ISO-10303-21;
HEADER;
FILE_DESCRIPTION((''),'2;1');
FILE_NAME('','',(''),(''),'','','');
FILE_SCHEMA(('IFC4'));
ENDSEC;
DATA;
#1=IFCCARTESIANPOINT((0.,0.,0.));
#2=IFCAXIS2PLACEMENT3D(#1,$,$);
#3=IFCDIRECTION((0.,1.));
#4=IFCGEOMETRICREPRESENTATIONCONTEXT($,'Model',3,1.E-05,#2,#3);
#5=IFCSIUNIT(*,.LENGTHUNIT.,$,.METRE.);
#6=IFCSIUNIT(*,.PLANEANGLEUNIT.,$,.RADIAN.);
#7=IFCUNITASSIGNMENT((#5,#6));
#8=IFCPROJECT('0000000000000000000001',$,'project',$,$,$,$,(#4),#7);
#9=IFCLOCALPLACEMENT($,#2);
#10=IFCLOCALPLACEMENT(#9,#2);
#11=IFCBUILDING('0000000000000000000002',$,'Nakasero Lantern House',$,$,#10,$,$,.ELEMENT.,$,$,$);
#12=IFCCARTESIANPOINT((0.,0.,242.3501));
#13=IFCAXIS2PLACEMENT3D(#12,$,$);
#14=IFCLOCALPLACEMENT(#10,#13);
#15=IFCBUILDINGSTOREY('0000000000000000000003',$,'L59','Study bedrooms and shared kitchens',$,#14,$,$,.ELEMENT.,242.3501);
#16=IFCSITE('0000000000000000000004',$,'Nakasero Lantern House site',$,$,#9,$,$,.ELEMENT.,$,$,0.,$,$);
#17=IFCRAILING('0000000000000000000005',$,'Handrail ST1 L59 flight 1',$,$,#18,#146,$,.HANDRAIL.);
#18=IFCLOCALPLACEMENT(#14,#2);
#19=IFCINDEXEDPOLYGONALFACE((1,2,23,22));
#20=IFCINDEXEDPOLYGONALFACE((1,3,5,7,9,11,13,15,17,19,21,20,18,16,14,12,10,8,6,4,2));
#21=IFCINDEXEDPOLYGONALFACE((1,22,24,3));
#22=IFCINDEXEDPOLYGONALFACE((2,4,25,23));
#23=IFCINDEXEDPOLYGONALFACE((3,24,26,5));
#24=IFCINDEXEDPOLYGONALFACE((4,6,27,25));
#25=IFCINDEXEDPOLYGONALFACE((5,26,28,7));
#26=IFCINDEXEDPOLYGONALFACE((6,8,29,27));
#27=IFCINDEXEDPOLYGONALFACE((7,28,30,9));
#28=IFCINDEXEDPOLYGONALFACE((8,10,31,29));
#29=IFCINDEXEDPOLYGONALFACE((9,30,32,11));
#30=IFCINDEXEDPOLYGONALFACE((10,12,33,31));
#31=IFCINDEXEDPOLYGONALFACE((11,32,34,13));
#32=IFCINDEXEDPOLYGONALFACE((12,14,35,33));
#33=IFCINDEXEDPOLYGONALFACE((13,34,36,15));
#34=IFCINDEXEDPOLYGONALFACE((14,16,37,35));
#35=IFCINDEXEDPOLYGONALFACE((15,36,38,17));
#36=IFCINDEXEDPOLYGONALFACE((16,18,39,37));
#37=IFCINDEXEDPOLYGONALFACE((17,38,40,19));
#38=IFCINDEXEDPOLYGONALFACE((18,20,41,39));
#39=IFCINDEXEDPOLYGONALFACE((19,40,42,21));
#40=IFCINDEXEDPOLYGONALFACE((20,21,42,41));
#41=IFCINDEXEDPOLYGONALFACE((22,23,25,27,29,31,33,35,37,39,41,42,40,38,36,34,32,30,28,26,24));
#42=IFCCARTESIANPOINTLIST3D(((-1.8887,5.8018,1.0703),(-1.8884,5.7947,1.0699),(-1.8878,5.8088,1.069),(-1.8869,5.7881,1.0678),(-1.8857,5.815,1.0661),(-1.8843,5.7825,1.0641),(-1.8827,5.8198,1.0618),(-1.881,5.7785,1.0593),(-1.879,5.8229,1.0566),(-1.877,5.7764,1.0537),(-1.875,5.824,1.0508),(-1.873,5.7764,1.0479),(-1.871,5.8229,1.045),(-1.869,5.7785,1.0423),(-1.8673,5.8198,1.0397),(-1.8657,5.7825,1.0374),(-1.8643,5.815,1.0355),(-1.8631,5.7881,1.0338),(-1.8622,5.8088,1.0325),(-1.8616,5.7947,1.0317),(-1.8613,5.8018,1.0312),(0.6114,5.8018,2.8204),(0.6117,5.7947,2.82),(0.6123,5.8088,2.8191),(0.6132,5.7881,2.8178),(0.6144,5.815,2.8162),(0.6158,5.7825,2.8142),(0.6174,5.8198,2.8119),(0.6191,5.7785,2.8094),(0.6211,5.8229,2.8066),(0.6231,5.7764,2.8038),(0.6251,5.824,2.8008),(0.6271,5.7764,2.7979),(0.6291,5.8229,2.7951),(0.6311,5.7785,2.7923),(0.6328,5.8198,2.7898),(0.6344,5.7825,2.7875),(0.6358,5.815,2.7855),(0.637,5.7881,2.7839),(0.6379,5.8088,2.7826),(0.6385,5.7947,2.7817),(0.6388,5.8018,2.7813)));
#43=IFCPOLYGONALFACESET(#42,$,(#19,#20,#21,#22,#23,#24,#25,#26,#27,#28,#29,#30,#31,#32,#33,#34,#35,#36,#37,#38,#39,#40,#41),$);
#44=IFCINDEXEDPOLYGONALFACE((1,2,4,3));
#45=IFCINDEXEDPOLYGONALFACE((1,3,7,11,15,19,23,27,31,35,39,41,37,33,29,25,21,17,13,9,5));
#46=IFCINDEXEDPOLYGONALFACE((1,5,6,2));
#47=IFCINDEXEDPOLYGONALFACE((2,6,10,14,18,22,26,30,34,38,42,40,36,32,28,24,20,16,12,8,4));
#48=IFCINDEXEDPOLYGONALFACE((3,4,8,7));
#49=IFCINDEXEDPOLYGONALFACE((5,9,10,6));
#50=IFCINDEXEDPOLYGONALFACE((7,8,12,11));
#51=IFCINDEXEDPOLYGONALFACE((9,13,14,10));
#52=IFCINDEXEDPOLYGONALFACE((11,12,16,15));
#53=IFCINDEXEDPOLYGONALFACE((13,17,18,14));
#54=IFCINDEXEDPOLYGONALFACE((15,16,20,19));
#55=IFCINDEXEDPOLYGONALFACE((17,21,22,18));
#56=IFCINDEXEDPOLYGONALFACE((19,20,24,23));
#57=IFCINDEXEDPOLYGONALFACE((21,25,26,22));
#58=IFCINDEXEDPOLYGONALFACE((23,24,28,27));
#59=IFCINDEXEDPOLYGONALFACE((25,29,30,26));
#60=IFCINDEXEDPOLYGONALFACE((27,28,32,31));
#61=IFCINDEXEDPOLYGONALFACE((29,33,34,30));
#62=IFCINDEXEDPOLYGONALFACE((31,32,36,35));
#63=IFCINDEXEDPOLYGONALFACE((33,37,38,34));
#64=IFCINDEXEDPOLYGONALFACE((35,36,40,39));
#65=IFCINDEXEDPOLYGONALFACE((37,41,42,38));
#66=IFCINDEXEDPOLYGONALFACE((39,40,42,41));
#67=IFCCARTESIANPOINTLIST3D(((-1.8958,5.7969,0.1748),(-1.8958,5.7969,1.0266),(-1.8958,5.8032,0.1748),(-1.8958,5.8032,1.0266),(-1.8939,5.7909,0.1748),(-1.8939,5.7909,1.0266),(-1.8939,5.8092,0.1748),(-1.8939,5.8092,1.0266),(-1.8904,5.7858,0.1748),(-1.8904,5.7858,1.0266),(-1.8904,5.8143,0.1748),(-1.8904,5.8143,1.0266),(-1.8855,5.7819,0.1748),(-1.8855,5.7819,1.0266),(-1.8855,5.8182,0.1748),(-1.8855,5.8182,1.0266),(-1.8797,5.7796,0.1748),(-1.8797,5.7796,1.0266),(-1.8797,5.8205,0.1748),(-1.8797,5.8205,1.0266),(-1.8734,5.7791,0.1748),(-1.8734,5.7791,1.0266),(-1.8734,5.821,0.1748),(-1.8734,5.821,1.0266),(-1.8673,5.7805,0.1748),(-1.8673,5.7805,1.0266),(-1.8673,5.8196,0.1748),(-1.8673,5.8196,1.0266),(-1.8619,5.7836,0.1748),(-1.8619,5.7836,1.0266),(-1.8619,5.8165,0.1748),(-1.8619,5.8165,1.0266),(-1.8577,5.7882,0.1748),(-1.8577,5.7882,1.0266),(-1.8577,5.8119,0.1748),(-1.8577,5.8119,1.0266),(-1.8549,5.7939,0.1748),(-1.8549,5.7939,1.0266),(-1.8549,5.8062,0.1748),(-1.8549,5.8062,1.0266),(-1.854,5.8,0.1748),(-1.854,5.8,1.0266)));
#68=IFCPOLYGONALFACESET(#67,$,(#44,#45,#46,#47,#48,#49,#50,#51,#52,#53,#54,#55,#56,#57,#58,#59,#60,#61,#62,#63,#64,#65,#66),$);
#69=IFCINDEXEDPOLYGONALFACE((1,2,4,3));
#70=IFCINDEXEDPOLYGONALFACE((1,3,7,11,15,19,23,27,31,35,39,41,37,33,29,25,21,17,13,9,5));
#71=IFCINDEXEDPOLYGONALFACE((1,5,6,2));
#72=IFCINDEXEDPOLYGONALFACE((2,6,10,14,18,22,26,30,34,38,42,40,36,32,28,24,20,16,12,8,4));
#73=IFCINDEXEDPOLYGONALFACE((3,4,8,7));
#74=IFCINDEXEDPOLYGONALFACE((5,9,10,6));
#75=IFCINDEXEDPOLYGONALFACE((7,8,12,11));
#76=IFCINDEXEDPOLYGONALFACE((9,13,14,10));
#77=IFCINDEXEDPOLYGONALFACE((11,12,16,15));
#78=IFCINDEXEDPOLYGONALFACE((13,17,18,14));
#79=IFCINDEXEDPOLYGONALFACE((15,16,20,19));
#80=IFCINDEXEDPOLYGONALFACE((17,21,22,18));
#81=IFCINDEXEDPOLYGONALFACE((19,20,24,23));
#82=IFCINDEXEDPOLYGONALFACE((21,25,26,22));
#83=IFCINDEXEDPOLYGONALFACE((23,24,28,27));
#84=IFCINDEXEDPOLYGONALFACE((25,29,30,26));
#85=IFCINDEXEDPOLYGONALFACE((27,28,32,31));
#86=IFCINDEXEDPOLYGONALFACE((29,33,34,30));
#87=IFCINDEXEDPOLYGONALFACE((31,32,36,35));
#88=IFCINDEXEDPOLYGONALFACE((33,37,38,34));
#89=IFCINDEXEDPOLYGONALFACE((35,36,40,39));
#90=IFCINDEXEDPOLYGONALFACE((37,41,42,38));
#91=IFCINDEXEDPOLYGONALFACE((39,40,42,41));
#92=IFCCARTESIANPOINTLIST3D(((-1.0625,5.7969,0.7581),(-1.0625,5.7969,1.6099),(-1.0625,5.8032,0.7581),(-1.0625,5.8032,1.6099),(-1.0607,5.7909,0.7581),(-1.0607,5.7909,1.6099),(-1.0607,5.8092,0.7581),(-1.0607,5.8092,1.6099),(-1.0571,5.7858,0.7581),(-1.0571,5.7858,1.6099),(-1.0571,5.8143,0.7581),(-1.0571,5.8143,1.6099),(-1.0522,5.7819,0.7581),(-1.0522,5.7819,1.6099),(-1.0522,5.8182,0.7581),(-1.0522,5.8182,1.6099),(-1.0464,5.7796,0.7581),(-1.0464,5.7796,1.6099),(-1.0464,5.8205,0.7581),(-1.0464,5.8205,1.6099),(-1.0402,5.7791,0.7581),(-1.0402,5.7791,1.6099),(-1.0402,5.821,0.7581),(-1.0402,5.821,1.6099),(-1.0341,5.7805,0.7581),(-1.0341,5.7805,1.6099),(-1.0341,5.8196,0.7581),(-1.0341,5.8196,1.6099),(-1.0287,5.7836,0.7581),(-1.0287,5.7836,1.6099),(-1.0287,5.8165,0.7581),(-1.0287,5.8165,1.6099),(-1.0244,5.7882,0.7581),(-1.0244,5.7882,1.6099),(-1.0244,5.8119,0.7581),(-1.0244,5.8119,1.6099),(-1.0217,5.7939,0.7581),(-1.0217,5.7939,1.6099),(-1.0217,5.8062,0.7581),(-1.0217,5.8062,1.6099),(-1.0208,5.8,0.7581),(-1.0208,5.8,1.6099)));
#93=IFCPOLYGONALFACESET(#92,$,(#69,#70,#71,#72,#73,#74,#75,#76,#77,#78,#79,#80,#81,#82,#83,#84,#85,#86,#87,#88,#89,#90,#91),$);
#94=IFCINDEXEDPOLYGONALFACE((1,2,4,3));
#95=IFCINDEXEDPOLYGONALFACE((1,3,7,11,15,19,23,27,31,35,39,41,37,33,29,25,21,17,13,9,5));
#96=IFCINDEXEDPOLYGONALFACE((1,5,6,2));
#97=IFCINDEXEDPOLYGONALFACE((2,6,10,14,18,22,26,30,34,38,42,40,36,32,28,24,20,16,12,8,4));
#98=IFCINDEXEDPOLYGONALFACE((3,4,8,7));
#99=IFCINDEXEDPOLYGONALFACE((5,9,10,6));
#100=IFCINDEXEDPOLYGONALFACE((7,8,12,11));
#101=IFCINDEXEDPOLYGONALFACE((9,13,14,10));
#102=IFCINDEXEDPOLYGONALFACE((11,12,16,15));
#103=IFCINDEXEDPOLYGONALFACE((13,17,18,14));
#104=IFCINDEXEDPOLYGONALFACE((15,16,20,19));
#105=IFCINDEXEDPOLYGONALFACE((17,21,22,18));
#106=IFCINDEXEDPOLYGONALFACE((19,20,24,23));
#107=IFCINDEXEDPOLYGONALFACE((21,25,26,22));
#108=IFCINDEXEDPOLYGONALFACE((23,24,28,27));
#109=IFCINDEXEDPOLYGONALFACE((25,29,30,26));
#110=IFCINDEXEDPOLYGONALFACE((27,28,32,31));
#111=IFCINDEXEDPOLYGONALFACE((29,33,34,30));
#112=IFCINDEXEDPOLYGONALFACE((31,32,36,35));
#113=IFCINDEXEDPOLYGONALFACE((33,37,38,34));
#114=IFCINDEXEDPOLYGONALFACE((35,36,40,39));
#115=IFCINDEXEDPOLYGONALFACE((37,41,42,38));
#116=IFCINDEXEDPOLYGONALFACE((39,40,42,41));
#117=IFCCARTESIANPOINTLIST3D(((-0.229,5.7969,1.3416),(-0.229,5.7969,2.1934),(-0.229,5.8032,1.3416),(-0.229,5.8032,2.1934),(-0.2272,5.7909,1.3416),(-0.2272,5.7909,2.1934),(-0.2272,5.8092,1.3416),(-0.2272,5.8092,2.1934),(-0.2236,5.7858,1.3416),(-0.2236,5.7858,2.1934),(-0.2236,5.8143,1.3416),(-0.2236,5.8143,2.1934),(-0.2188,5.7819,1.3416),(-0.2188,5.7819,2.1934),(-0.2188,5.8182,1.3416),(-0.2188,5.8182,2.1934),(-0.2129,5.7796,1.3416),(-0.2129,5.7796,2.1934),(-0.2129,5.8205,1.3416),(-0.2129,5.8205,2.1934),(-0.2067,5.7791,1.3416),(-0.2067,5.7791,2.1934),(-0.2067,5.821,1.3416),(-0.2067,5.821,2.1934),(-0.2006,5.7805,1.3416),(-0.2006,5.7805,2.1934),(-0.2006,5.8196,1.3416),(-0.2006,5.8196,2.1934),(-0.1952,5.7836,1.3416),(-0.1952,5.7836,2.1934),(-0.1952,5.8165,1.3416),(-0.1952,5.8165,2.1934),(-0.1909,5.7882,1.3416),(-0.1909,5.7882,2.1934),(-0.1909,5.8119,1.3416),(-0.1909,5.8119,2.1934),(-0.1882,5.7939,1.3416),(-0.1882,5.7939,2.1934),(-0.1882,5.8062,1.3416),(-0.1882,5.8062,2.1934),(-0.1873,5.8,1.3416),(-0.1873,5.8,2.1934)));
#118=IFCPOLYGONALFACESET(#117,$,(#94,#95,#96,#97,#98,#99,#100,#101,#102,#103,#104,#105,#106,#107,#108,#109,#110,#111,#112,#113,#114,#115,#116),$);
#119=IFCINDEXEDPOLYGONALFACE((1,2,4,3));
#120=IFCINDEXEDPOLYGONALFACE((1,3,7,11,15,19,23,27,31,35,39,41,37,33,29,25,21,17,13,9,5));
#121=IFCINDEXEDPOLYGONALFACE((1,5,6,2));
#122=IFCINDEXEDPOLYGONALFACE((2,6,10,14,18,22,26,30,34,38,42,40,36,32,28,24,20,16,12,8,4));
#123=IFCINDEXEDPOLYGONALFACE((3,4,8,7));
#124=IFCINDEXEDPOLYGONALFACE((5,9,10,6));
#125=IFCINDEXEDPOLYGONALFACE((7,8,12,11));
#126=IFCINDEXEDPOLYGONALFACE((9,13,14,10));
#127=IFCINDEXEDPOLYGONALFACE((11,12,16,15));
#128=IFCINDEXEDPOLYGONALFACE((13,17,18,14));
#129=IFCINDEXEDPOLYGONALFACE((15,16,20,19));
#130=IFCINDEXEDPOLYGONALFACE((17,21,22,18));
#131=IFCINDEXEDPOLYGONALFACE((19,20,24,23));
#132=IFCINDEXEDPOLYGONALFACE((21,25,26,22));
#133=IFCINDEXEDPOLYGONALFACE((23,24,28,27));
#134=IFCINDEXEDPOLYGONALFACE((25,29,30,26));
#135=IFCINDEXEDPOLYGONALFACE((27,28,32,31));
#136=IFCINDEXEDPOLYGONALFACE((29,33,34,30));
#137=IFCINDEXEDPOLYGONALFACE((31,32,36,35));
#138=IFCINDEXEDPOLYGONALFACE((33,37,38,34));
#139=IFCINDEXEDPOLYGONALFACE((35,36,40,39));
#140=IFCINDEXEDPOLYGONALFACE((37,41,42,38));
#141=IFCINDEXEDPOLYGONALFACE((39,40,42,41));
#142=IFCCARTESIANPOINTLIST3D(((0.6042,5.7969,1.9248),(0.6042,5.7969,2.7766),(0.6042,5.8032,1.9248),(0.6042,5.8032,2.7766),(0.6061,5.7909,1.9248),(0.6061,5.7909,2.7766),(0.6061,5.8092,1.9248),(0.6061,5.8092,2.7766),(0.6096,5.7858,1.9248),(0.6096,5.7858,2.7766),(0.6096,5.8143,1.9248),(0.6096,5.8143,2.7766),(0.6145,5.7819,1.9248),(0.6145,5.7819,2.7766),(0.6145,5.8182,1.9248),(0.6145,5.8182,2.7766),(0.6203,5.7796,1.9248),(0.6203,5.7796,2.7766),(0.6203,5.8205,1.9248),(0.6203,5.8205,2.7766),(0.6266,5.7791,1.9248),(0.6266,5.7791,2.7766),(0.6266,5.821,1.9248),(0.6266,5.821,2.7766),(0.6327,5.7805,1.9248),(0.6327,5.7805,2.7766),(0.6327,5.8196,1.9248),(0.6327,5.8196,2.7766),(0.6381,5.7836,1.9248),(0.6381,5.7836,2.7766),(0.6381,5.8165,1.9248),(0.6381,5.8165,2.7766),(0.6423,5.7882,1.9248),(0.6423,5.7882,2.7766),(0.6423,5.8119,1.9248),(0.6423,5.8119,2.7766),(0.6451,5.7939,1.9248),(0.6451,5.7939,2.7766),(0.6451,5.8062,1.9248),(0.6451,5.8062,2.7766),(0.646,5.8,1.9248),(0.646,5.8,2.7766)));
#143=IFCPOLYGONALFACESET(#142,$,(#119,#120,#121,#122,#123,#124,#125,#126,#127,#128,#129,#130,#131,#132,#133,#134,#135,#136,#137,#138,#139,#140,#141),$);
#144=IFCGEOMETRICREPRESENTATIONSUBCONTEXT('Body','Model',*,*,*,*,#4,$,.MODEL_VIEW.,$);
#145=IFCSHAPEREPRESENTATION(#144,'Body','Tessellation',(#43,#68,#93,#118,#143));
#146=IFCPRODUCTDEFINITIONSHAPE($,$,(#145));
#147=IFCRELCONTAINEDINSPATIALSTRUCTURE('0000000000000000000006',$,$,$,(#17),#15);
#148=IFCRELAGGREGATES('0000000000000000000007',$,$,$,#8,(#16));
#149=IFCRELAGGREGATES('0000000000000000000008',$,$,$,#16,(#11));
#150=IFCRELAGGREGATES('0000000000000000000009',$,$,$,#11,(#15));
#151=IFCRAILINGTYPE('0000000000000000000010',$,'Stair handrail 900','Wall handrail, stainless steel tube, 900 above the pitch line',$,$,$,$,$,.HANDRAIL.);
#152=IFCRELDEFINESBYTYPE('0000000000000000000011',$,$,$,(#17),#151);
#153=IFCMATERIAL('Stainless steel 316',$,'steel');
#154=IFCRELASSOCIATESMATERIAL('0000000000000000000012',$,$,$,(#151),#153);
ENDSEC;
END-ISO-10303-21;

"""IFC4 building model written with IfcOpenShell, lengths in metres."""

from ifc_helpers import new_model, si_unit, direction, frame, origin, origin_2d, place, context, subcontext, project, spatial, circle, extrude, material, type_object, element, save


model = new_model("IFC4")

# Units and contexts
model_context = context("Model", 3, precision=1e-05, world=origin(), true_north=direction((0.0, 1.0)))
body_context = subcontext(model_context, "Body", "Model", "MODEL_VIEW")
ifc_project = project(units=[si_unit("LENGTHUNIT", "METRE"), si_unit("PLANEANGLEUNIT", "RADIAN")], contexts=[model_context])

# Site, building, storey
site_placement = place(None, origin())
site = spatial("IfcSite", under=ifc_project, at=site_placement, Name="Nakasero Lantern House site", CompositionType="ELEMENT", RefElevation=0.0)
building_placement = place(site_placement, origin())
building = spatial("IfcBuilding", under=site, at=building_placement, Name="Nakasero Lantern House", CompositionType="ELEMENT")
storey_placement = place(building_placement, frame((0.0, 0.0, 242.3501)))
storey = spatial("IfcBuildingStorey", under=building, at=storey_placement, Name="L59", Description="Study bedrooms and shared kitchens", CompositionType="ELEMENT", Elevation=242.3501)

# Railing
ifc_material_1 = material(Name="Stainless steel 316", Category="steel")
railing_type = type_object("IfcRailingType", Name="Stair handrail 900", Description="Wall handrail, stainless steel tube, 900 above the pitch line", PredefinedType="HANDRAIL", material=ifc_material_1)
railing_placement = place(storey_placement, frame((-1.875, 5.8, 0.1748)))
element("IfcRailing", 1, at=railing_placement, inside=storey, type_object=railing_type, Name="Handrail ST1 L59 flight 1", PredefinedType="HANDRAIL", context=body_context, shape_type="SweptSolid", body=[
    extrude(circle(Radius=0.0239, at=origin_2d()), frame((0.0, 0.0, 0.876), z_axis=(0.819232, 0.0, 0.573462), x_axis=(0.0, 1.0, 0.0)), (0.0, 0.0, 1.0), 3.0518),
    extrude(circle(Radius=0.021, at=origin_2d()), origin(), (0.0, 0.0, 1.0), 0.8518),
    extrude(circle(Radius=0.021, at=origin_2d()), frame((0.8333, 0.0, 0.5833)), (0.0, 0.0, 1.0), 0.8518),
    extrude(circle(Radius=0.021, at=origin_2d()), frame((1.6667, 0.0, 1.1667)), (0.0, 0.0, 1.0), 0.8518),
    extrude(circle(Radius=0.021, at=origin_2d()), frame((2.5, 0.0, 1.75)), (0.0, 0.0, 1.0), 0.8518),
])

save(model, "model.ifc")
